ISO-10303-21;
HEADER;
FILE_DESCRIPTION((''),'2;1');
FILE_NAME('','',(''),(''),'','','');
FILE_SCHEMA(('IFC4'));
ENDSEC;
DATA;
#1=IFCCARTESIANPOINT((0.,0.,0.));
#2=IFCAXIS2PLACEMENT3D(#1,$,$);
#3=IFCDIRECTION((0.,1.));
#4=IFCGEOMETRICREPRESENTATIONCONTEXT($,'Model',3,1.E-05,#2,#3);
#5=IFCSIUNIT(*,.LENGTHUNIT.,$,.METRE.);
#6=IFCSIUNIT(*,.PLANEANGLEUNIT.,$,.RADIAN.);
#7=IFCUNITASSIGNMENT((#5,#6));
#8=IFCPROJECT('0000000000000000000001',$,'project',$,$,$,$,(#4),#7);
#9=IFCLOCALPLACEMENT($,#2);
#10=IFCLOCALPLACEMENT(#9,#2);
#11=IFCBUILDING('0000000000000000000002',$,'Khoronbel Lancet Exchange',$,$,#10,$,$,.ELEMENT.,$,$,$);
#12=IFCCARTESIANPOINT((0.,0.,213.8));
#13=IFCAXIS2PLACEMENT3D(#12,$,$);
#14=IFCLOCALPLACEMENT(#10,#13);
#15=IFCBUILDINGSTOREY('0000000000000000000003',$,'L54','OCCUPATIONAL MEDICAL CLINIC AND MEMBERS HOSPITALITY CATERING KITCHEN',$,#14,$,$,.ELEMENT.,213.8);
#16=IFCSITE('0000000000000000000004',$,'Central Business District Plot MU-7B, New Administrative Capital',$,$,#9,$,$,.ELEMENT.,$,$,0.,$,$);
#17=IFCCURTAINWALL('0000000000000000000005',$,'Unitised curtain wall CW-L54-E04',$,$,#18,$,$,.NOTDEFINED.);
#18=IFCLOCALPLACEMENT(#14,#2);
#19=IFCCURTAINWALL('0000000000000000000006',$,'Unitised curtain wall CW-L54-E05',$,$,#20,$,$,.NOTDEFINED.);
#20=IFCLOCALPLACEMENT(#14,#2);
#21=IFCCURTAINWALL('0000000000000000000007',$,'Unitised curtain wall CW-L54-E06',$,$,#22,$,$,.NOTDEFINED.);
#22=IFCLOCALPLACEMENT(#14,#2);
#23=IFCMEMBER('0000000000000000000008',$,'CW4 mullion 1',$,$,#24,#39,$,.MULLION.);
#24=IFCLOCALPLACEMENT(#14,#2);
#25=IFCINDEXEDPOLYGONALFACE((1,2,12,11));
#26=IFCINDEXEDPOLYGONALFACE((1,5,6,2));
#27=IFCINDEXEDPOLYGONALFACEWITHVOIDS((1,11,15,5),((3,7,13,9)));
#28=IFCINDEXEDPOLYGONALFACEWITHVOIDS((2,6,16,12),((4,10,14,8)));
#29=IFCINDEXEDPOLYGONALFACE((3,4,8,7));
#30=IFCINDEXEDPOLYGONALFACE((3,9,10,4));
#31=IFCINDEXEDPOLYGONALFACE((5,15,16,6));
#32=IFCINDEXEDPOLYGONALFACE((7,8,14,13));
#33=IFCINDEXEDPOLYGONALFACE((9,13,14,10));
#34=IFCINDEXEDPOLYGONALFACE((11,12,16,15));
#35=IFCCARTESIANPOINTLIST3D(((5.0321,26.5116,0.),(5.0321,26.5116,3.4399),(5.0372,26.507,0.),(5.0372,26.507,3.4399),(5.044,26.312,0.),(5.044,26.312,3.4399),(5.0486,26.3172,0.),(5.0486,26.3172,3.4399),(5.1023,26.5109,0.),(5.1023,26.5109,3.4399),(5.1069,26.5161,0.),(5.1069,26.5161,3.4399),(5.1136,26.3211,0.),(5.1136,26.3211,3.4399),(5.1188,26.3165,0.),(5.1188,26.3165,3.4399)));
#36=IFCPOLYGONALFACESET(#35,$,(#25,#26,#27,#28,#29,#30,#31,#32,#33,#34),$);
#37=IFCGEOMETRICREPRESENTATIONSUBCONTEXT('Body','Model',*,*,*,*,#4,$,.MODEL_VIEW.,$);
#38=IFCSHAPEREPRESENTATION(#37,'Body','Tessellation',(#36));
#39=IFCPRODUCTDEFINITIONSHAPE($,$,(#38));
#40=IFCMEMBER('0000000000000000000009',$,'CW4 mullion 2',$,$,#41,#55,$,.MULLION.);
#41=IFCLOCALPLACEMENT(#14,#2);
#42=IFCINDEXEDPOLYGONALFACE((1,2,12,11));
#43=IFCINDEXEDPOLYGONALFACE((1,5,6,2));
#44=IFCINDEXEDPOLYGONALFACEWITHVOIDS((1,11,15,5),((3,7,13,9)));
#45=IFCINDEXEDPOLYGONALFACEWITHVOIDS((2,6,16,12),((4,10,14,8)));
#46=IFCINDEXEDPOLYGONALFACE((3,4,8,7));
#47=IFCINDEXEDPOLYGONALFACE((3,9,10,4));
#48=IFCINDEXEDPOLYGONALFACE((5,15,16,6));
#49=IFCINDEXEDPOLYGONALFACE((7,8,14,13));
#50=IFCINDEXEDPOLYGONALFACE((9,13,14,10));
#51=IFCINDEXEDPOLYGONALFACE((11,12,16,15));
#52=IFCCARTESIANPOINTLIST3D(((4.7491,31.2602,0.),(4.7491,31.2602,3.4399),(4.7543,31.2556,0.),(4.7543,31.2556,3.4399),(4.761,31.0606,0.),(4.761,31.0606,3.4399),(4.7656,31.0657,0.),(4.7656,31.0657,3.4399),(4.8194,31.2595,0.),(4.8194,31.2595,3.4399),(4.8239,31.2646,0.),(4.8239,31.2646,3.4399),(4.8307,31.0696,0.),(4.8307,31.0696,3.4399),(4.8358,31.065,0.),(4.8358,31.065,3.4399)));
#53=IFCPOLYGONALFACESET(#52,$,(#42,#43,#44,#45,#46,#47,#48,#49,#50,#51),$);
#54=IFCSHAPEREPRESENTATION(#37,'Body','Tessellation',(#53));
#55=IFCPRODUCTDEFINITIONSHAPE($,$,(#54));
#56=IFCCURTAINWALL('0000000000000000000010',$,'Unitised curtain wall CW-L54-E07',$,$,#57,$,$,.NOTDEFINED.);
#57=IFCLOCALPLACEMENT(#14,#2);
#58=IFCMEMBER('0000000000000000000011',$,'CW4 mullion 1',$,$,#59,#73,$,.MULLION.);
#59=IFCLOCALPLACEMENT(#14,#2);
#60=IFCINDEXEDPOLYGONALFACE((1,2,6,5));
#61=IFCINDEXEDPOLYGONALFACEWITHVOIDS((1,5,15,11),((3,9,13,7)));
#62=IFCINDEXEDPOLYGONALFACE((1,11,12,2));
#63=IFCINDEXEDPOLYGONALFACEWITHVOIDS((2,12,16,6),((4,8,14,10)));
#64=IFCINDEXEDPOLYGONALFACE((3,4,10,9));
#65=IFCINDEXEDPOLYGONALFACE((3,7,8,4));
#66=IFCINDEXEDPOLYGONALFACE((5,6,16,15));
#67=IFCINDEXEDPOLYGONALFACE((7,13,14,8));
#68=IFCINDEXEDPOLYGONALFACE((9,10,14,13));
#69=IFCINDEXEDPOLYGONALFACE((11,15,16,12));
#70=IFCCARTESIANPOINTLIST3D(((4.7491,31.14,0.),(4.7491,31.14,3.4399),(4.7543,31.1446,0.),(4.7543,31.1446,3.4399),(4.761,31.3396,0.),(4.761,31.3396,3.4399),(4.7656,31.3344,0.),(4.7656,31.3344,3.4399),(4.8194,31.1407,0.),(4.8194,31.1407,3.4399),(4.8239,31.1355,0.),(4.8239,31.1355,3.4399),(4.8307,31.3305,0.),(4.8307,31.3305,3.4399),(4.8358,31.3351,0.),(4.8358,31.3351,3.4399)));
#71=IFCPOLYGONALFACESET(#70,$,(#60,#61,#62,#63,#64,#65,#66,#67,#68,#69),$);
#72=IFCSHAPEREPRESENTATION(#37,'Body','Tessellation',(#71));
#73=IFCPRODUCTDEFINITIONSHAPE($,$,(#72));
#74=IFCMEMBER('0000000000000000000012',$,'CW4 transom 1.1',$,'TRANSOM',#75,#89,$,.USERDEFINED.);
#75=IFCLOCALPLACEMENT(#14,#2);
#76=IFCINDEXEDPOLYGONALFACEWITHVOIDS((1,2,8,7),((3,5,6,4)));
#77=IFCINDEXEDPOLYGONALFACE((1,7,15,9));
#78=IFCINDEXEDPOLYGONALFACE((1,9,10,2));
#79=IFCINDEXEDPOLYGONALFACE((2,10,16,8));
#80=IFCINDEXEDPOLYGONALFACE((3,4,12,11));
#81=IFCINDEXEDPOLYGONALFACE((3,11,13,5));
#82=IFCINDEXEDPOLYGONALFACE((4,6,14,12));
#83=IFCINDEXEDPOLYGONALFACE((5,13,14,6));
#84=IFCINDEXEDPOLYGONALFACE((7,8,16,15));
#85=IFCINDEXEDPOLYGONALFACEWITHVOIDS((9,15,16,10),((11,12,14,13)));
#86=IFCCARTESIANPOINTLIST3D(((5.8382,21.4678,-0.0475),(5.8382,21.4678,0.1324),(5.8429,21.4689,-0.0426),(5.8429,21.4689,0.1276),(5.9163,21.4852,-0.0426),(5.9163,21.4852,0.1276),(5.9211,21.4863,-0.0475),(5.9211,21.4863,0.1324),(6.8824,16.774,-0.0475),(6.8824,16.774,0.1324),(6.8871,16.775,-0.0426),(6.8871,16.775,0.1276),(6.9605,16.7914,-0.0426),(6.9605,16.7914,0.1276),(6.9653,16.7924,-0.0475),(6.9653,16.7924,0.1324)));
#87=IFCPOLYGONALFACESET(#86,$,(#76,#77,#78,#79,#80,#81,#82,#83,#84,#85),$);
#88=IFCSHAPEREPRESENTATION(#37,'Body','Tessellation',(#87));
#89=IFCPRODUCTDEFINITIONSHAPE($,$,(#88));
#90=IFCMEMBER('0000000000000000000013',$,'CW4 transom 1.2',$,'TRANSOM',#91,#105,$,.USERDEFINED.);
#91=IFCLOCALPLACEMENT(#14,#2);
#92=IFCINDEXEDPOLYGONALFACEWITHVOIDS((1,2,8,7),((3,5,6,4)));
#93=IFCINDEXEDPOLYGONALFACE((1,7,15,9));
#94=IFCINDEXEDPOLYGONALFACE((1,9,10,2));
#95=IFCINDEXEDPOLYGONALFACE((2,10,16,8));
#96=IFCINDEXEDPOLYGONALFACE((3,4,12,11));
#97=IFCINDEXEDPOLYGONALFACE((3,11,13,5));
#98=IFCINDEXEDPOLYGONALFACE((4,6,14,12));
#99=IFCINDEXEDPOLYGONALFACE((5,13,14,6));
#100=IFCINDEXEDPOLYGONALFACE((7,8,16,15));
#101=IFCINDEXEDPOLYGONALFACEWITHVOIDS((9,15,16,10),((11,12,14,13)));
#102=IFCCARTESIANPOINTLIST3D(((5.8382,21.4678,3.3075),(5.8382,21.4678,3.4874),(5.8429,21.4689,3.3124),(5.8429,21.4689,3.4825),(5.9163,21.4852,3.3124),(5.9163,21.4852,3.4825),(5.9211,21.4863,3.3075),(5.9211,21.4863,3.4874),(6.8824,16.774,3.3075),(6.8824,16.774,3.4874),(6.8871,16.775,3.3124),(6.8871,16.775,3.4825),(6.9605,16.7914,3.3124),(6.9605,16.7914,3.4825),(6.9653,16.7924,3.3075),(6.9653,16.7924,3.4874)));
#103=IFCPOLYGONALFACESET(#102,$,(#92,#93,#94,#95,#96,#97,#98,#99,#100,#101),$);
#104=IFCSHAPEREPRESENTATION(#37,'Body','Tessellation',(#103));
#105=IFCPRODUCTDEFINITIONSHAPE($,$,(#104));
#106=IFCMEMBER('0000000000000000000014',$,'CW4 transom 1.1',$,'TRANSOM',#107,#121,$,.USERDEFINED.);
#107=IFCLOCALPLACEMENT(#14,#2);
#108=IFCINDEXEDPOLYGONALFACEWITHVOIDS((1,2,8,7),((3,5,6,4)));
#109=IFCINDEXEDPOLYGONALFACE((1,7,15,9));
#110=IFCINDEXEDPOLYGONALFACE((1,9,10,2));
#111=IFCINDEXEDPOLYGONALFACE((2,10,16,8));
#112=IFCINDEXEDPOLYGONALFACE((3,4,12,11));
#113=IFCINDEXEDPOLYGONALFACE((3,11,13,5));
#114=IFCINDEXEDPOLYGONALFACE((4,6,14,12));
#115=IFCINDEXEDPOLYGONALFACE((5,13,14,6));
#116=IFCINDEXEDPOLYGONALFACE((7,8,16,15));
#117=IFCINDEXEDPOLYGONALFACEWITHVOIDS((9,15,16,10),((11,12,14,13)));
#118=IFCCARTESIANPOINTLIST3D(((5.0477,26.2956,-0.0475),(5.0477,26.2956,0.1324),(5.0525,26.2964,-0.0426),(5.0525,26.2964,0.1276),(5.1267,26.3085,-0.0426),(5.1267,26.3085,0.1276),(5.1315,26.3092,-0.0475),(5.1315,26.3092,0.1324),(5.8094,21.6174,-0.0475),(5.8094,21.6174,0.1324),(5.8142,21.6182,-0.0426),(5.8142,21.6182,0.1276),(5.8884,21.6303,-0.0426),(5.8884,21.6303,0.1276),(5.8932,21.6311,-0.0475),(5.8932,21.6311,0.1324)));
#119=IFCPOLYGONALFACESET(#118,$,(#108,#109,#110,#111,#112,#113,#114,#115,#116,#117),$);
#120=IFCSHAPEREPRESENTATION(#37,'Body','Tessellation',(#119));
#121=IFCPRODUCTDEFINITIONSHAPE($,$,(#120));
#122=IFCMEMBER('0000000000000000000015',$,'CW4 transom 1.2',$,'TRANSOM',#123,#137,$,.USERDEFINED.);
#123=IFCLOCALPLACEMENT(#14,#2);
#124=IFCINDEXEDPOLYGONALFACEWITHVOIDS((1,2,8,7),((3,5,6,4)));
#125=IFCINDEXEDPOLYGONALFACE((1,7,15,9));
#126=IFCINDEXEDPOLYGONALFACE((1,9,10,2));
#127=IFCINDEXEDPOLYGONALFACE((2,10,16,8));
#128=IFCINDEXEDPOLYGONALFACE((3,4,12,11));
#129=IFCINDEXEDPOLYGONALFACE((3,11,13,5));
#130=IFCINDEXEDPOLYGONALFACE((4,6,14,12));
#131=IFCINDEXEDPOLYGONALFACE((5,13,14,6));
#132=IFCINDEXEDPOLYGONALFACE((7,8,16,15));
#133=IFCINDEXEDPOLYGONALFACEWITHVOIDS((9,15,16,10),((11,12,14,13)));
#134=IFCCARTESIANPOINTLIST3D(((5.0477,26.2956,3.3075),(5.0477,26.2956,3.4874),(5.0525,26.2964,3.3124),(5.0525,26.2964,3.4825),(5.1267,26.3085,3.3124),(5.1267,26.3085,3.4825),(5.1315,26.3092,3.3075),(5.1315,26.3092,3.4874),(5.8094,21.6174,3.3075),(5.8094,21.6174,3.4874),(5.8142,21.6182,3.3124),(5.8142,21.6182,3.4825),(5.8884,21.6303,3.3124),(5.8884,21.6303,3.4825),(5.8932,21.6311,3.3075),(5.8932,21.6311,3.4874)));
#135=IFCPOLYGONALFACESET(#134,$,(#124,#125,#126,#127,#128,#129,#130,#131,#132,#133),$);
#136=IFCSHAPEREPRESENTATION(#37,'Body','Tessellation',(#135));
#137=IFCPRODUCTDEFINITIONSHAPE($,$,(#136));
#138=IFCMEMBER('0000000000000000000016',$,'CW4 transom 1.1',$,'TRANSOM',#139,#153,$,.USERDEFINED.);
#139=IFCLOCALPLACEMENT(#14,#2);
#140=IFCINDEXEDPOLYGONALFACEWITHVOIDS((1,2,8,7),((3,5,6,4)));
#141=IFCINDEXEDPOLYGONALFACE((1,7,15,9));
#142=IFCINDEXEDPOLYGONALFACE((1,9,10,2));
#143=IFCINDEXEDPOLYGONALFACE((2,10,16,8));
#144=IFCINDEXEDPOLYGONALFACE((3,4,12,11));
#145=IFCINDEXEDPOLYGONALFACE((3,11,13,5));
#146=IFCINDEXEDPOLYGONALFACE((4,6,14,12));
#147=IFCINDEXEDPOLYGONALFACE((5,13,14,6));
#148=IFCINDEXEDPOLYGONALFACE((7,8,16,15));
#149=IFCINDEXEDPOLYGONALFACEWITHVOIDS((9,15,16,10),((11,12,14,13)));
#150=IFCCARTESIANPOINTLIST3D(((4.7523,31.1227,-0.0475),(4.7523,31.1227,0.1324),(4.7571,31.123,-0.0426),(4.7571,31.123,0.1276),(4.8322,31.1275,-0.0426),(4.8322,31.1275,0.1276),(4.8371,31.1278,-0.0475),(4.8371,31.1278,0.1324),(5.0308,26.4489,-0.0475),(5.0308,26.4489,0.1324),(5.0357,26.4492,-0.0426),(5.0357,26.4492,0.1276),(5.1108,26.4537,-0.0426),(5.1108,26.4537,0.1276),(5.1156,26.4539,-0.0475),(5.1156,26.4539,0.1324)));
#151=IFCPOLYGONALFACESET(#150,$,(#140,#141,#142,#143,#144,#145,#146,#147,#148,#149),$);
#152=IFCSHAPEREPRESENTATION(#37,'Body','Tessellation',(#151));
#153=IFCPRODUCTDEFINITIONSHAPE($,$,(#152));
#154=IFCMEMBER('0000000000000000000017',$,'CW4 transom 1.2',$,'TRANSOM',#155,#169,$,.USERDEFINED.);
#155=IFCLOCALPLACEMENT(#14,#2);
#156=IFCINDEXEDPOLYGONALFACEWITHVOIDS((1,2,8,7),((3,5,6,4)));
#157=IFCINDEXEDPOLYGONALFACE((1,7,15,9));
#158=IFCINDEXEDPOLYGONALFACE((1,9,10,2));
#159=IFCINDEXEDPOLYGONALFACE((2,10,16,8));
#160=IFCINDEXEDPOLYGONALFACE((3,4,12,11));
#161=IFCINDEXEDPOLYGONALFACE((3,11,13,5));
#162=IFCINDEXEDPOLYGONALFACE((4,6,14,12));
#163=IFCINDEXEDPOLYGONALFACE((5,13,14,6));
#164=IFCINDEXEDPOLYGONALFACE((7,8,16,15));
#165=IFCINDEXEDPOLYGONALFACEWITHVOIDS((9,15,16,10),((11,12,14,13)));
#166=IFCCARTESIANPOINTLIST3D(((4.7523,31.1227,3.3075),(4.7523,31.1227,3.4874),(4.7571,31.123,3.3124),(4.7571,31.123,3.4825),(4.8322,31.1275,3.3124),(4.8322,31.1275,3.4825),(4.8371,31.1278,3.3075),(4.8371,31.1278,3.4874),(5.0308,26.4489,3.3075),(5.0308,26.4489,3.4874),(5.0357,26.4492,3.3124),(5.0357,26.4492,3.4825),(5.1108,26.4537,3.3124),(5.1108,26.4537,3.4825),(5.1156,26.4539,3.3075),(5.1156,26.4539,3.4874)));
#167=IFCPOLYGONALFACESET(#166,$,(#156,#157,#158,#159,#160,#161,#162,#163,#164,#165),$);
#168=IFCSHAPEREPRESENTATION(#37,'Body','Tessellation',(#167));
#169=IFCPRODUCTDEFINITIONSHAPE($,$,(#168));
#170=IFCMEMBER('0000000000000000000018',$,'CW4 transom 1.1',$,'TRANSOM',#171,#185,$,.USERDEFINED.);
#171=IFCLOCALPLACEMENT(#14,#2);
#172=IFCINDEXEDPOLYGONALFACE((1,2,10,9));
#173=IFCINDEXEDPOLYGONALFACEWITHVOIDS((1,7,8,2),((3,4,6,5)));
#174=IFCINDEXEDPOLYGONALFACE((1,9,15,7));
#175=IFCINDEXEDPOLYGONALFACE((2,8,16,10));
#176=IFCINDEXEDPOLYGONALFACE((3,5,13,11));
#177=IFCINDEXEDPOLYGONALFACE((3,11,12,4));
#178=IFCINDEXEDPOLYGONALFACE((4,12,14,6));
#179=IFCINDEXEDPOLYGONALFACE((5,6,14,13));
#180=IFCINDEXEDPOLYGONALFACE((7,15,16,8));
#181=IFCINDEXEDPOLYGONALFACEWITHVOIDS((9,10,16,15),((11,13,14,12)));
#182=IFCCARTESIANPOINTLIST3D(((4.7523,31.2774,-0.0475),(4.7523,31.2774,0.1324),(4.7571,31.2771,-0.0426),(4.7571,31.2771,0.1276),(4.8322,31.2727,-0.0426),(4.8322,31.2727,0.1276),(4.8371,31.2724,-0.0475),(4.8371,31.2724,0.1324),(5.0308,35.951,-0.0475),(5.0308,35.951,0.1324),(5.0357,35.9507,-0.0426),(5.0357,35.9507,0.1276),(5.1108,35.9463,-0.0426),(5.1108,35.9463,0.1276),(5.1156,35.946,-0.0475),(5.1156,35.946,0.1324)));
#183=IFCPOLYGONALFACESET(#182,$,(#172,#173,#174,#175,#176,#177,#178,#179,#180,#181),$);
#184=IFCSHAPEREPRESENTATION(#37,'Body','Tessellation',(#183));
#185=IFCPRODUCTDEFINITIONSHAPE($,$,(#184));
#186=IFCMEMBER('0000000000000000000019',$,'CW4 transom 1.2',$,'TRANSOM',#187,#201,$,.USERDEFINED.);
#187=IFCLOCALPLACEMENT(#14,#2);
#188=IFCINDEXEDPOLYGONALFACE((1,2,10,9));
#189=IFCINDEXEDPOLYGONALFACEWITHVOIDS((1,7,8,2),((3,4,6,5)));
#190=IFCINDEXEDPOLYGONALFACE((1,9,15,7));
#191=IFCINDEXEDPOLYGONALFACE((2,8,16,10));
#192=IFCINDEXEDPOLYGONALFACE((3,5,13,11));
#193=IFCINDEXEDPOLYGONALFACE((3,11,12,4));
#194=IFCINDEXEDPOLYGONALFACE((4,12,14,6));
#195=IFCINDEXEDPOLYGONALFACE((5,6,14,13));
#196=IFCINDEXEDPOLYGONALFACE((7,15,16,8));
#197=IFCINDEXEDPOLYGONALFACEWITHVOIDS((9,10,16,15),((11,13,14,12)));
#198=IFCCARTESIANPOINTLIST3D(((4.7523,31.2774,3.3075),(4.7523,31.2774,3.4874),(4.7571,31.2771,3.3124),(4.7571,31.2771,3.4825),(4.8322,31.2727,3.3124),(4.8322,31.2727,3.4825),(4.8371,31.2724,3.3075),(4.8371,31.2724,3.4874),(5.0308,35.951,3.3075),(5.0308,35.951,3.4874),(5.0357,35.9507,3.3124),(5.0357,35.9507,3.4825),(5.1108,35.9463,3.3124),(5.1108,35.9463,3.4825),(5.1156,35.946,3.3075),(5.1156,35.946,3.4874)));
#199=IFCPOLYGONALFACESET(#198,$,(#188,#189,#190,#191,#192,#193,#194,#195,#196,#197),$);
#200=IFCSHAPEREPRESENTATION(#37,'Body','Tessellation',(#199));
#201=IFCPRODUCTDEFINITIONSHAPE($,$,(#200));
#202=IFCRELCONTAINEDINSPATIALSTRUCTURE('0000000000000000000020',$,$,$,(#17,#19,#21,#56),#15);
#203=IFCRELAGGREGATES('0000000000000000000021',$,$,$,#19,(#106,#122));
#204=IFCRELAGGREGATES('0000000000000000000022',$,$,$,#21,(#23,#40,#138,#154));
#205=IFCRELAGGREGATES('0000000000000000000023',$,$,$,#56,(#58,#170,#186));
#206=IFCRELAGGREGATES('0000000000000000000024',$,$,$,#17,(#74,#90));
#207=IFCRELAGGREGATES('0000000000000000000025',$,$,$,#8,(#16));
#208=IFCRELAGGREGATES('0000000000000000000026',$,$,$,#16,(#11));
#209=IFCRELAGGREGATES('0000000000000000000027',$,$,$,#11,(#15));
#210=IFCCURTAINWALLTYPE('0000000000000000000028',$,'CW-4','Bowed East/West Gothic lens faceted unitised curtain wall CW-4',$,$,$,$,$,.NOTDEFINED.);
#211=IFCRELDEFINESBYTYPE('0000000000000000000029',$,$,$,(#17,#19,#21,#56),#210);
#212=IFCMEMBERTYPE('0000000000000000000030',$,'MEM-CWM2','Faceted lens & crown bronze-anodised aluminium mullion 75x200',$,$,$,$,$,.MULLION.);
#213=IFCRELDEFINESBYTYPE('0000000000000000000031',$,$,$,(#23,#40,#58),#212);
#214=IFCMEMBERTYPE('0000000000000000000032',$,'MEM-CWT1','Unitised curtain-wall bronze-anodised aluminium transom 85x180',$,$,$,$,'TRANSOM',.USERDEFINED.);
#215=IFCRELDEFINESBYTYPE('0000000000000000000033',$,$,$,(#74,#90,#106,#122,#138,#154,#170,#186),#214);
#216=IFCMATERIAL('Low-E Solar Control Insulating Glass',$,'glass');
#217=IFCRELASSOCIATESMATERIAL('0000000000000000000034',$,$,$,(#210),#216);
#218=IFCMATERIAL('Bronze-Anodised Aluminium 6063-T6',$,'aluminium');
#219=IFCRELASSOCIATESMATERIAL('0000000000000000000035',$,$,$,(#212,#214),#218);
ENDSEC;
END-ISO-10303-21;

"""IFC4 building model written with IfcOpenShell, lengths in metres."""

from ifc_helpers import new_model, si_unit, direction, frame, origin, origin_2d, place, context, subcontext, project, spatial, hollow_rectangle, extrude, material, material_profile, profile_set, type_object, element, aggregate, save


model = new_model("IFC4")

# Units and contexts
model_context = context("Model", 3, precision=1e-05, world=origin(), true_north=direction((0.0, 1.0)))
body_context = subcontext(model_context, "Body", "Model", "MODEL_VIEW")
ifc_project = project(units=[si_unit("LENGTHUNIT", "METRE"), si_unit("PLANEANGLEUNIT", "RADIAN")], contexts=[model_context])

# Site, building, storey
site_placement = place(None, origin())
site = spatial("IfcSite", under=ifc_project, at=site_placement, Name="Central Business District Plot MU-7B, New Administrative Capital", CompositionType="ELEMENT", RefElevation=0.0)
building_placement = place(site_placement, origin())
building = spatial("IfcBuilding", under=site, at=building_placement, Name="Khoronbel Lancet Exchange", CompositionType="ELEMENT")
storey_placement = place(building_placement, frame((0.0, 0.0, 213.8)))
storey = spatial("IfcBuildingStorey", under=building, at=storey_placement, Name="L54", Description="OCCUPATIONAL MEDICAL CLINIC AND MEMBERS HOSPITALITY CATERING KITCHEN", CompositionType="ELEMENT", Elevation=213.8)

# Curtain walls, members
ifc_material_1 = material(Name="Low-E Solar Control Insulating Glass", Category="glass")
curtain_wall_type = type_object("IfcCurtainWallType", Name="CW-4", Description="Bowed East/West Gothic lens faceted unitised curtain wall CW-4", PredefinedType="NOTDEFINED", material=ifc_material_1)
curtain_wall_1_placement = place(storey_placement, origin())
curtain_wall_1 = element("IfcCurtainWall", 1, at=curtain_wall_1_placement, inside=storey, type_object=curtain_wall_type, Name="Unitised curtain wall CW-L54-E04", PredefinedType="NOTDEFINED")
ifc_material_2 = material(Name="Bronze-Anodised Aluminium 6063-T6", Category="aluminium")
ifc_material_profile_1 = material_profile(ifc_material_2, hollow_rectangle(XDim=0.075, YDim=0.2, WallThickness=0.0049, at=origin_2d()), Name="ALU MULLION 75x200")
ifc_profile_set_1 = profile_set([ifc_material_profile_1], Name="Bronze-Anodised Aluminium 6063-T6")
member_type_1 = type_object("IfcMemberType", Name="MEM-CWM2", Description="Faceted lens & crown bronze-anodised aluminium mullion 75x200", PredefinedType="MULLION", material=ifc_profile_set_1)
curtain_wall_2_placement = place(storey_placement, origin())
curtain_wall_2 = element("IfcCurtainWall", 2, at=curtain_wall_2_placement, inside=storey, type_object=curtain_wall_type, Name="Unitised curtain wall CW-L54-E05", PredefinedType="NOTDEFINED")
curtain_wall_3_placement = place(storey_placement, origin())
curtain_wall_3 = element("IfcCurtainWall", 3, at=curtain_wall_3_placement, inside=storey, type_object=curtain_wall_type, Name="Unitised curtain wall CW-L54-E06", PredefinedType="NOTDEFINED")
member_1_placement = place(storey_placement, frame((5.0754, 26.4141, 0.0), z_axis=(0.0, 0.0, 1.0), x_axis=(-0.99823, -0.059479, 0.0)))
member_1 = element("IfcMember", 4, at=member_1_placement, type_object=member_type_1, Name="CW4 mullion 1", PredefinedType="MULLION", context=body_context, shape_type="SweptSolid", body=[
    extrude(hollow_rectangle(XDim=0.075, YDim=0.2, WallThickness=0.0049, at=origin_2d()), origin(), (0.0, 0.0, 1.0), 3.4399),
])
member_2_placement = place(storey_placement, frame((4.7925, 31.1626, 0.0), z_axis=(0.0, 0.0, 1.0), x_axis=(-0.99823, -0.059479, 0.0)))
member_2 = element("IfcMember", 5, at=member_2_placement, type_object=member_type_1, Name="CW4 mullion 2", PredefinedType="MULLION", context=body_context, shape_type="SweptSolid", body=[
    extrude(hollow_rectangle(XDim=0.075, YDim=0.2, WallThickness=0.0049, at=origin_2d()), origin(), (0.0, 0.0, 1.0), 3.4399),
])

# Curtain wall, member
curtain_wall_4_placement = place(storey_placement, origin())
curtain_wall_4 = element("IfcCurtainWall", 6, at=curtain_wall_4_placement, inside=storey, type_object=curtain_wall_type, Name="Unitised curtain wall CW-L54-E07", PredefinedType="NOTDEFINED")
member_3_placement = place(storey_placement, frame((4.7925, 31.2375, 0.0), z_axis=(0.0, 0.0, 1.0), x_axis=(-0.99823, 0.059479, 0.0)))
member_3 = element("IfcMember", 7, at=member_3_placement, type_object=member_type_1, Name="CW4 mullion 1", PredefinedType="MULLION", context=body_context, shape_type="SweptSolid", body=[
    extrude(hollow_rectangle(XDim=0.075, YDim=0.2, WallThickness=0.0049, at=origin_2d()), origin(), (0.0, 0.0, 1.0), 3.4399),
])

# Members
ifc_material_profile_2 = material_profile(ifc_material_2, hollow_rectangle(XDim=0.085, YDim=0.1799, WallThickness=0.0049, at=origin_2d()), Name="ALU TRANSOM 85x180")
ifc_profile_set_2 = profile_set([ifc_material_profile_2], Name="Bronze-Anodised Aluminium 6063-T6")
member_type_2 = type_object("IfcMemberType", Name="MEM-CWT1", Description="Unitised curtain-wall bronze-anodised aluminium transom 85x180", ElementType="TRANSOM", PredefinedType="USERDEFINED", material=ifc_profile_set_2)
member_4_placement = place(storey_placement, frame((6.9238, 16.7832, 0.0425), z_axis=(-0.217151, 0.976138, 0.0), x_axis=(-0.976138, -0.217151, 0.0)))
member_4 = element("IfcMember", 8, at=member_4_placement, type_object=member_type_2, Name="CW4 transom 1.1", ObjectType="TRANSOM", PredefinedType="USERDEFINED", context=body_context, shape_type="SweptSolid", body=[
    extrude(hollow_rectangle(XDim=0.085, YDim=0.1799, WallThickness=0.0049, at=origin_2d()), origin(), (0.0, 0.0, 1.0), 4.8086),
])
member_5_placement = place(storey_placement, frame((6.9238, 16.7832, 3.3975), z_axis=(-0.217151, 0.976138, 0.0), x_axis=(-0.976138, -0.217151, 0.0)))
member_5 = element("IfcMember", 9, at=member_5_placement, type_object=member_type_2, Name="CW4 transom 1.2", ObjectType="TRANSOM", PredefinedType="USERDEFINED", context=body_context, shape_type="SweptSolid", body=[
    extrude(hollow_rectangle(XDim=0.085, YDim=0.1799, WallThickness=0.0049, at=origin_2d()), origin(), (0.0, 0.0, 1.0), 4.8086),
])
member_6_placement = place(storey_placement, frame((5.8513, 21.6243, 0.0425), z_axis=(-0.160706, 0.987002, 0.0), x_axis=(-0.987002, -0.160706, 0.0)))
member_6 = element("IfcMember", 10, at=member_6_placement, type_object=member_type_2, Name="CW4 transom 1.1", ObjectType="TRANSOM", PredefinedType="USERDEFINED", context=body_context, shape_type="SweptSolid", body=[
    extrude(hollow_rectangle(XDim=0.085, YDim=0.1799, WallThickness=0.0049, at=origin_2d()), origin(), (0.0, 0.0, 1.0), 4.7397),
])
member_7_placement = place(storey_placement, frame((5.8513, 21.6243, 3.3975), z_axis=(-0.160706, 0.987002, 0.0), x_axis=(-0.987002, -0.160706, 0.0)))
member_7 = element("IfcMember", 11, at=member_7_placement, type_object=member_type_2, Name="CW4 transom 1.2", ObjectType="TRANSOM", PredefinedType="USERDEFINED", context=body_context, shape_type="SweptSolid", body=[
    extrude(hollow_rectangle(XDim=0.085, YDim=0.1799, WallThickness=0.0049, at=origin_2d()), origin(), (0.0, 0.0, 1.0), 4.7397),
])
member_8_placement = place(storey_placement, frame((5.0732, 26.4514, 0.0425), z_axis=(-0.059495, 0.998229, 0.0), x_axis=(-0.998229, -0.059495, 0.0)))
member_8 = element("IfcMember", 12, at=member_8_placement, type_object=member_type_2, Name="CW4 transom 1.1", ObjectType="TRANSOM", PredefinedType="USERDEFINED", context=body_context, shape_type="SweptSolid", body=[
    extrude(hollow_rectangle(XDim=0.085, YDim=0.1799, WallThickness=0.0049, at=origin_2d()), origin(), (0.0, 0.0, 1.0), 4.6821),
])
member_9_placement = place(storey_placement, frame((5.0732, 26.4514, 3.3975), z_axis=(-0.059495, 0.998229, 0.0), x_axis=(-0.998229, -0.059495, 0.0)))
member_9 = element("IfcMember", 13, at=member_9_placement, type_object=member_type_2, Name="CW4 transom 1.2", ObjectType="TRANSOM", PredefinedType="USERDEFINED", context=body_context, shape_type="SweptSolid", body=[
    extrude(hollow_rectangle(XDim=0.085, YDim=0.1799, WallThickness=0.0049, at=origin_2d()), origin(), (0.0, 0.0, 1.0), 4.6821),
])
member_10_placement = place(storey_placement, frame((4.7947, 31.2749, 0.0425), z_axis=(0.059498, 0.998228, 0.0), x_axis=(-0.998228, 0.059498, 0.0)))
member_10 = element("IfcMember", 14, at=member_10_placement, type_object=member_type_2, Name="CW4 transom 1.1", ObjectType="TRANSOM", PredefinedType="USERDEFINED", context=body_context, shape_type="SweptSolid", body=[
    extrude(hollow_rectangle(XDim=0.085, YDim=0.1799, WallThickness=0.0049, at=origin_2d()), origin(), (0.0, 0.0, 1.0), 4.6819),
])
member_11_placement = place(storey_placement, frame((4.7947, 31.2749, 3.3975), z_axis=(0.059498, 0.998228, 0.0), x_axis=(-0.998228, 0.059498, 0.0)))
member_11 = element("IfcMember", 15, at=member_11_placement, type_object=member_type_2, Name="CW4 transom 1.2", ObjectType="TRANSOM", PredefinedType="USERDEFINED", context=body_context, shape_type="SweptSolid", body=[
    extrude(hollow_rectangle(XDim=0.085, YDim=0.1799, WallThickness=0.0049, at=origin_2d()), origin(), (0.0, 0.0, 1.0), 4.6819),
])

aggregate(curtain_wall_2, [member_6, member_7])
aggregate(curtain_wall_3, [member_1, member_2, member_8, member_9])
aggregate(curtain_wall_4, [member_3, member_10, member_11])
aggregate(curtain_wall_1, [member_4, member_5])

save(model, "model.ifc")
